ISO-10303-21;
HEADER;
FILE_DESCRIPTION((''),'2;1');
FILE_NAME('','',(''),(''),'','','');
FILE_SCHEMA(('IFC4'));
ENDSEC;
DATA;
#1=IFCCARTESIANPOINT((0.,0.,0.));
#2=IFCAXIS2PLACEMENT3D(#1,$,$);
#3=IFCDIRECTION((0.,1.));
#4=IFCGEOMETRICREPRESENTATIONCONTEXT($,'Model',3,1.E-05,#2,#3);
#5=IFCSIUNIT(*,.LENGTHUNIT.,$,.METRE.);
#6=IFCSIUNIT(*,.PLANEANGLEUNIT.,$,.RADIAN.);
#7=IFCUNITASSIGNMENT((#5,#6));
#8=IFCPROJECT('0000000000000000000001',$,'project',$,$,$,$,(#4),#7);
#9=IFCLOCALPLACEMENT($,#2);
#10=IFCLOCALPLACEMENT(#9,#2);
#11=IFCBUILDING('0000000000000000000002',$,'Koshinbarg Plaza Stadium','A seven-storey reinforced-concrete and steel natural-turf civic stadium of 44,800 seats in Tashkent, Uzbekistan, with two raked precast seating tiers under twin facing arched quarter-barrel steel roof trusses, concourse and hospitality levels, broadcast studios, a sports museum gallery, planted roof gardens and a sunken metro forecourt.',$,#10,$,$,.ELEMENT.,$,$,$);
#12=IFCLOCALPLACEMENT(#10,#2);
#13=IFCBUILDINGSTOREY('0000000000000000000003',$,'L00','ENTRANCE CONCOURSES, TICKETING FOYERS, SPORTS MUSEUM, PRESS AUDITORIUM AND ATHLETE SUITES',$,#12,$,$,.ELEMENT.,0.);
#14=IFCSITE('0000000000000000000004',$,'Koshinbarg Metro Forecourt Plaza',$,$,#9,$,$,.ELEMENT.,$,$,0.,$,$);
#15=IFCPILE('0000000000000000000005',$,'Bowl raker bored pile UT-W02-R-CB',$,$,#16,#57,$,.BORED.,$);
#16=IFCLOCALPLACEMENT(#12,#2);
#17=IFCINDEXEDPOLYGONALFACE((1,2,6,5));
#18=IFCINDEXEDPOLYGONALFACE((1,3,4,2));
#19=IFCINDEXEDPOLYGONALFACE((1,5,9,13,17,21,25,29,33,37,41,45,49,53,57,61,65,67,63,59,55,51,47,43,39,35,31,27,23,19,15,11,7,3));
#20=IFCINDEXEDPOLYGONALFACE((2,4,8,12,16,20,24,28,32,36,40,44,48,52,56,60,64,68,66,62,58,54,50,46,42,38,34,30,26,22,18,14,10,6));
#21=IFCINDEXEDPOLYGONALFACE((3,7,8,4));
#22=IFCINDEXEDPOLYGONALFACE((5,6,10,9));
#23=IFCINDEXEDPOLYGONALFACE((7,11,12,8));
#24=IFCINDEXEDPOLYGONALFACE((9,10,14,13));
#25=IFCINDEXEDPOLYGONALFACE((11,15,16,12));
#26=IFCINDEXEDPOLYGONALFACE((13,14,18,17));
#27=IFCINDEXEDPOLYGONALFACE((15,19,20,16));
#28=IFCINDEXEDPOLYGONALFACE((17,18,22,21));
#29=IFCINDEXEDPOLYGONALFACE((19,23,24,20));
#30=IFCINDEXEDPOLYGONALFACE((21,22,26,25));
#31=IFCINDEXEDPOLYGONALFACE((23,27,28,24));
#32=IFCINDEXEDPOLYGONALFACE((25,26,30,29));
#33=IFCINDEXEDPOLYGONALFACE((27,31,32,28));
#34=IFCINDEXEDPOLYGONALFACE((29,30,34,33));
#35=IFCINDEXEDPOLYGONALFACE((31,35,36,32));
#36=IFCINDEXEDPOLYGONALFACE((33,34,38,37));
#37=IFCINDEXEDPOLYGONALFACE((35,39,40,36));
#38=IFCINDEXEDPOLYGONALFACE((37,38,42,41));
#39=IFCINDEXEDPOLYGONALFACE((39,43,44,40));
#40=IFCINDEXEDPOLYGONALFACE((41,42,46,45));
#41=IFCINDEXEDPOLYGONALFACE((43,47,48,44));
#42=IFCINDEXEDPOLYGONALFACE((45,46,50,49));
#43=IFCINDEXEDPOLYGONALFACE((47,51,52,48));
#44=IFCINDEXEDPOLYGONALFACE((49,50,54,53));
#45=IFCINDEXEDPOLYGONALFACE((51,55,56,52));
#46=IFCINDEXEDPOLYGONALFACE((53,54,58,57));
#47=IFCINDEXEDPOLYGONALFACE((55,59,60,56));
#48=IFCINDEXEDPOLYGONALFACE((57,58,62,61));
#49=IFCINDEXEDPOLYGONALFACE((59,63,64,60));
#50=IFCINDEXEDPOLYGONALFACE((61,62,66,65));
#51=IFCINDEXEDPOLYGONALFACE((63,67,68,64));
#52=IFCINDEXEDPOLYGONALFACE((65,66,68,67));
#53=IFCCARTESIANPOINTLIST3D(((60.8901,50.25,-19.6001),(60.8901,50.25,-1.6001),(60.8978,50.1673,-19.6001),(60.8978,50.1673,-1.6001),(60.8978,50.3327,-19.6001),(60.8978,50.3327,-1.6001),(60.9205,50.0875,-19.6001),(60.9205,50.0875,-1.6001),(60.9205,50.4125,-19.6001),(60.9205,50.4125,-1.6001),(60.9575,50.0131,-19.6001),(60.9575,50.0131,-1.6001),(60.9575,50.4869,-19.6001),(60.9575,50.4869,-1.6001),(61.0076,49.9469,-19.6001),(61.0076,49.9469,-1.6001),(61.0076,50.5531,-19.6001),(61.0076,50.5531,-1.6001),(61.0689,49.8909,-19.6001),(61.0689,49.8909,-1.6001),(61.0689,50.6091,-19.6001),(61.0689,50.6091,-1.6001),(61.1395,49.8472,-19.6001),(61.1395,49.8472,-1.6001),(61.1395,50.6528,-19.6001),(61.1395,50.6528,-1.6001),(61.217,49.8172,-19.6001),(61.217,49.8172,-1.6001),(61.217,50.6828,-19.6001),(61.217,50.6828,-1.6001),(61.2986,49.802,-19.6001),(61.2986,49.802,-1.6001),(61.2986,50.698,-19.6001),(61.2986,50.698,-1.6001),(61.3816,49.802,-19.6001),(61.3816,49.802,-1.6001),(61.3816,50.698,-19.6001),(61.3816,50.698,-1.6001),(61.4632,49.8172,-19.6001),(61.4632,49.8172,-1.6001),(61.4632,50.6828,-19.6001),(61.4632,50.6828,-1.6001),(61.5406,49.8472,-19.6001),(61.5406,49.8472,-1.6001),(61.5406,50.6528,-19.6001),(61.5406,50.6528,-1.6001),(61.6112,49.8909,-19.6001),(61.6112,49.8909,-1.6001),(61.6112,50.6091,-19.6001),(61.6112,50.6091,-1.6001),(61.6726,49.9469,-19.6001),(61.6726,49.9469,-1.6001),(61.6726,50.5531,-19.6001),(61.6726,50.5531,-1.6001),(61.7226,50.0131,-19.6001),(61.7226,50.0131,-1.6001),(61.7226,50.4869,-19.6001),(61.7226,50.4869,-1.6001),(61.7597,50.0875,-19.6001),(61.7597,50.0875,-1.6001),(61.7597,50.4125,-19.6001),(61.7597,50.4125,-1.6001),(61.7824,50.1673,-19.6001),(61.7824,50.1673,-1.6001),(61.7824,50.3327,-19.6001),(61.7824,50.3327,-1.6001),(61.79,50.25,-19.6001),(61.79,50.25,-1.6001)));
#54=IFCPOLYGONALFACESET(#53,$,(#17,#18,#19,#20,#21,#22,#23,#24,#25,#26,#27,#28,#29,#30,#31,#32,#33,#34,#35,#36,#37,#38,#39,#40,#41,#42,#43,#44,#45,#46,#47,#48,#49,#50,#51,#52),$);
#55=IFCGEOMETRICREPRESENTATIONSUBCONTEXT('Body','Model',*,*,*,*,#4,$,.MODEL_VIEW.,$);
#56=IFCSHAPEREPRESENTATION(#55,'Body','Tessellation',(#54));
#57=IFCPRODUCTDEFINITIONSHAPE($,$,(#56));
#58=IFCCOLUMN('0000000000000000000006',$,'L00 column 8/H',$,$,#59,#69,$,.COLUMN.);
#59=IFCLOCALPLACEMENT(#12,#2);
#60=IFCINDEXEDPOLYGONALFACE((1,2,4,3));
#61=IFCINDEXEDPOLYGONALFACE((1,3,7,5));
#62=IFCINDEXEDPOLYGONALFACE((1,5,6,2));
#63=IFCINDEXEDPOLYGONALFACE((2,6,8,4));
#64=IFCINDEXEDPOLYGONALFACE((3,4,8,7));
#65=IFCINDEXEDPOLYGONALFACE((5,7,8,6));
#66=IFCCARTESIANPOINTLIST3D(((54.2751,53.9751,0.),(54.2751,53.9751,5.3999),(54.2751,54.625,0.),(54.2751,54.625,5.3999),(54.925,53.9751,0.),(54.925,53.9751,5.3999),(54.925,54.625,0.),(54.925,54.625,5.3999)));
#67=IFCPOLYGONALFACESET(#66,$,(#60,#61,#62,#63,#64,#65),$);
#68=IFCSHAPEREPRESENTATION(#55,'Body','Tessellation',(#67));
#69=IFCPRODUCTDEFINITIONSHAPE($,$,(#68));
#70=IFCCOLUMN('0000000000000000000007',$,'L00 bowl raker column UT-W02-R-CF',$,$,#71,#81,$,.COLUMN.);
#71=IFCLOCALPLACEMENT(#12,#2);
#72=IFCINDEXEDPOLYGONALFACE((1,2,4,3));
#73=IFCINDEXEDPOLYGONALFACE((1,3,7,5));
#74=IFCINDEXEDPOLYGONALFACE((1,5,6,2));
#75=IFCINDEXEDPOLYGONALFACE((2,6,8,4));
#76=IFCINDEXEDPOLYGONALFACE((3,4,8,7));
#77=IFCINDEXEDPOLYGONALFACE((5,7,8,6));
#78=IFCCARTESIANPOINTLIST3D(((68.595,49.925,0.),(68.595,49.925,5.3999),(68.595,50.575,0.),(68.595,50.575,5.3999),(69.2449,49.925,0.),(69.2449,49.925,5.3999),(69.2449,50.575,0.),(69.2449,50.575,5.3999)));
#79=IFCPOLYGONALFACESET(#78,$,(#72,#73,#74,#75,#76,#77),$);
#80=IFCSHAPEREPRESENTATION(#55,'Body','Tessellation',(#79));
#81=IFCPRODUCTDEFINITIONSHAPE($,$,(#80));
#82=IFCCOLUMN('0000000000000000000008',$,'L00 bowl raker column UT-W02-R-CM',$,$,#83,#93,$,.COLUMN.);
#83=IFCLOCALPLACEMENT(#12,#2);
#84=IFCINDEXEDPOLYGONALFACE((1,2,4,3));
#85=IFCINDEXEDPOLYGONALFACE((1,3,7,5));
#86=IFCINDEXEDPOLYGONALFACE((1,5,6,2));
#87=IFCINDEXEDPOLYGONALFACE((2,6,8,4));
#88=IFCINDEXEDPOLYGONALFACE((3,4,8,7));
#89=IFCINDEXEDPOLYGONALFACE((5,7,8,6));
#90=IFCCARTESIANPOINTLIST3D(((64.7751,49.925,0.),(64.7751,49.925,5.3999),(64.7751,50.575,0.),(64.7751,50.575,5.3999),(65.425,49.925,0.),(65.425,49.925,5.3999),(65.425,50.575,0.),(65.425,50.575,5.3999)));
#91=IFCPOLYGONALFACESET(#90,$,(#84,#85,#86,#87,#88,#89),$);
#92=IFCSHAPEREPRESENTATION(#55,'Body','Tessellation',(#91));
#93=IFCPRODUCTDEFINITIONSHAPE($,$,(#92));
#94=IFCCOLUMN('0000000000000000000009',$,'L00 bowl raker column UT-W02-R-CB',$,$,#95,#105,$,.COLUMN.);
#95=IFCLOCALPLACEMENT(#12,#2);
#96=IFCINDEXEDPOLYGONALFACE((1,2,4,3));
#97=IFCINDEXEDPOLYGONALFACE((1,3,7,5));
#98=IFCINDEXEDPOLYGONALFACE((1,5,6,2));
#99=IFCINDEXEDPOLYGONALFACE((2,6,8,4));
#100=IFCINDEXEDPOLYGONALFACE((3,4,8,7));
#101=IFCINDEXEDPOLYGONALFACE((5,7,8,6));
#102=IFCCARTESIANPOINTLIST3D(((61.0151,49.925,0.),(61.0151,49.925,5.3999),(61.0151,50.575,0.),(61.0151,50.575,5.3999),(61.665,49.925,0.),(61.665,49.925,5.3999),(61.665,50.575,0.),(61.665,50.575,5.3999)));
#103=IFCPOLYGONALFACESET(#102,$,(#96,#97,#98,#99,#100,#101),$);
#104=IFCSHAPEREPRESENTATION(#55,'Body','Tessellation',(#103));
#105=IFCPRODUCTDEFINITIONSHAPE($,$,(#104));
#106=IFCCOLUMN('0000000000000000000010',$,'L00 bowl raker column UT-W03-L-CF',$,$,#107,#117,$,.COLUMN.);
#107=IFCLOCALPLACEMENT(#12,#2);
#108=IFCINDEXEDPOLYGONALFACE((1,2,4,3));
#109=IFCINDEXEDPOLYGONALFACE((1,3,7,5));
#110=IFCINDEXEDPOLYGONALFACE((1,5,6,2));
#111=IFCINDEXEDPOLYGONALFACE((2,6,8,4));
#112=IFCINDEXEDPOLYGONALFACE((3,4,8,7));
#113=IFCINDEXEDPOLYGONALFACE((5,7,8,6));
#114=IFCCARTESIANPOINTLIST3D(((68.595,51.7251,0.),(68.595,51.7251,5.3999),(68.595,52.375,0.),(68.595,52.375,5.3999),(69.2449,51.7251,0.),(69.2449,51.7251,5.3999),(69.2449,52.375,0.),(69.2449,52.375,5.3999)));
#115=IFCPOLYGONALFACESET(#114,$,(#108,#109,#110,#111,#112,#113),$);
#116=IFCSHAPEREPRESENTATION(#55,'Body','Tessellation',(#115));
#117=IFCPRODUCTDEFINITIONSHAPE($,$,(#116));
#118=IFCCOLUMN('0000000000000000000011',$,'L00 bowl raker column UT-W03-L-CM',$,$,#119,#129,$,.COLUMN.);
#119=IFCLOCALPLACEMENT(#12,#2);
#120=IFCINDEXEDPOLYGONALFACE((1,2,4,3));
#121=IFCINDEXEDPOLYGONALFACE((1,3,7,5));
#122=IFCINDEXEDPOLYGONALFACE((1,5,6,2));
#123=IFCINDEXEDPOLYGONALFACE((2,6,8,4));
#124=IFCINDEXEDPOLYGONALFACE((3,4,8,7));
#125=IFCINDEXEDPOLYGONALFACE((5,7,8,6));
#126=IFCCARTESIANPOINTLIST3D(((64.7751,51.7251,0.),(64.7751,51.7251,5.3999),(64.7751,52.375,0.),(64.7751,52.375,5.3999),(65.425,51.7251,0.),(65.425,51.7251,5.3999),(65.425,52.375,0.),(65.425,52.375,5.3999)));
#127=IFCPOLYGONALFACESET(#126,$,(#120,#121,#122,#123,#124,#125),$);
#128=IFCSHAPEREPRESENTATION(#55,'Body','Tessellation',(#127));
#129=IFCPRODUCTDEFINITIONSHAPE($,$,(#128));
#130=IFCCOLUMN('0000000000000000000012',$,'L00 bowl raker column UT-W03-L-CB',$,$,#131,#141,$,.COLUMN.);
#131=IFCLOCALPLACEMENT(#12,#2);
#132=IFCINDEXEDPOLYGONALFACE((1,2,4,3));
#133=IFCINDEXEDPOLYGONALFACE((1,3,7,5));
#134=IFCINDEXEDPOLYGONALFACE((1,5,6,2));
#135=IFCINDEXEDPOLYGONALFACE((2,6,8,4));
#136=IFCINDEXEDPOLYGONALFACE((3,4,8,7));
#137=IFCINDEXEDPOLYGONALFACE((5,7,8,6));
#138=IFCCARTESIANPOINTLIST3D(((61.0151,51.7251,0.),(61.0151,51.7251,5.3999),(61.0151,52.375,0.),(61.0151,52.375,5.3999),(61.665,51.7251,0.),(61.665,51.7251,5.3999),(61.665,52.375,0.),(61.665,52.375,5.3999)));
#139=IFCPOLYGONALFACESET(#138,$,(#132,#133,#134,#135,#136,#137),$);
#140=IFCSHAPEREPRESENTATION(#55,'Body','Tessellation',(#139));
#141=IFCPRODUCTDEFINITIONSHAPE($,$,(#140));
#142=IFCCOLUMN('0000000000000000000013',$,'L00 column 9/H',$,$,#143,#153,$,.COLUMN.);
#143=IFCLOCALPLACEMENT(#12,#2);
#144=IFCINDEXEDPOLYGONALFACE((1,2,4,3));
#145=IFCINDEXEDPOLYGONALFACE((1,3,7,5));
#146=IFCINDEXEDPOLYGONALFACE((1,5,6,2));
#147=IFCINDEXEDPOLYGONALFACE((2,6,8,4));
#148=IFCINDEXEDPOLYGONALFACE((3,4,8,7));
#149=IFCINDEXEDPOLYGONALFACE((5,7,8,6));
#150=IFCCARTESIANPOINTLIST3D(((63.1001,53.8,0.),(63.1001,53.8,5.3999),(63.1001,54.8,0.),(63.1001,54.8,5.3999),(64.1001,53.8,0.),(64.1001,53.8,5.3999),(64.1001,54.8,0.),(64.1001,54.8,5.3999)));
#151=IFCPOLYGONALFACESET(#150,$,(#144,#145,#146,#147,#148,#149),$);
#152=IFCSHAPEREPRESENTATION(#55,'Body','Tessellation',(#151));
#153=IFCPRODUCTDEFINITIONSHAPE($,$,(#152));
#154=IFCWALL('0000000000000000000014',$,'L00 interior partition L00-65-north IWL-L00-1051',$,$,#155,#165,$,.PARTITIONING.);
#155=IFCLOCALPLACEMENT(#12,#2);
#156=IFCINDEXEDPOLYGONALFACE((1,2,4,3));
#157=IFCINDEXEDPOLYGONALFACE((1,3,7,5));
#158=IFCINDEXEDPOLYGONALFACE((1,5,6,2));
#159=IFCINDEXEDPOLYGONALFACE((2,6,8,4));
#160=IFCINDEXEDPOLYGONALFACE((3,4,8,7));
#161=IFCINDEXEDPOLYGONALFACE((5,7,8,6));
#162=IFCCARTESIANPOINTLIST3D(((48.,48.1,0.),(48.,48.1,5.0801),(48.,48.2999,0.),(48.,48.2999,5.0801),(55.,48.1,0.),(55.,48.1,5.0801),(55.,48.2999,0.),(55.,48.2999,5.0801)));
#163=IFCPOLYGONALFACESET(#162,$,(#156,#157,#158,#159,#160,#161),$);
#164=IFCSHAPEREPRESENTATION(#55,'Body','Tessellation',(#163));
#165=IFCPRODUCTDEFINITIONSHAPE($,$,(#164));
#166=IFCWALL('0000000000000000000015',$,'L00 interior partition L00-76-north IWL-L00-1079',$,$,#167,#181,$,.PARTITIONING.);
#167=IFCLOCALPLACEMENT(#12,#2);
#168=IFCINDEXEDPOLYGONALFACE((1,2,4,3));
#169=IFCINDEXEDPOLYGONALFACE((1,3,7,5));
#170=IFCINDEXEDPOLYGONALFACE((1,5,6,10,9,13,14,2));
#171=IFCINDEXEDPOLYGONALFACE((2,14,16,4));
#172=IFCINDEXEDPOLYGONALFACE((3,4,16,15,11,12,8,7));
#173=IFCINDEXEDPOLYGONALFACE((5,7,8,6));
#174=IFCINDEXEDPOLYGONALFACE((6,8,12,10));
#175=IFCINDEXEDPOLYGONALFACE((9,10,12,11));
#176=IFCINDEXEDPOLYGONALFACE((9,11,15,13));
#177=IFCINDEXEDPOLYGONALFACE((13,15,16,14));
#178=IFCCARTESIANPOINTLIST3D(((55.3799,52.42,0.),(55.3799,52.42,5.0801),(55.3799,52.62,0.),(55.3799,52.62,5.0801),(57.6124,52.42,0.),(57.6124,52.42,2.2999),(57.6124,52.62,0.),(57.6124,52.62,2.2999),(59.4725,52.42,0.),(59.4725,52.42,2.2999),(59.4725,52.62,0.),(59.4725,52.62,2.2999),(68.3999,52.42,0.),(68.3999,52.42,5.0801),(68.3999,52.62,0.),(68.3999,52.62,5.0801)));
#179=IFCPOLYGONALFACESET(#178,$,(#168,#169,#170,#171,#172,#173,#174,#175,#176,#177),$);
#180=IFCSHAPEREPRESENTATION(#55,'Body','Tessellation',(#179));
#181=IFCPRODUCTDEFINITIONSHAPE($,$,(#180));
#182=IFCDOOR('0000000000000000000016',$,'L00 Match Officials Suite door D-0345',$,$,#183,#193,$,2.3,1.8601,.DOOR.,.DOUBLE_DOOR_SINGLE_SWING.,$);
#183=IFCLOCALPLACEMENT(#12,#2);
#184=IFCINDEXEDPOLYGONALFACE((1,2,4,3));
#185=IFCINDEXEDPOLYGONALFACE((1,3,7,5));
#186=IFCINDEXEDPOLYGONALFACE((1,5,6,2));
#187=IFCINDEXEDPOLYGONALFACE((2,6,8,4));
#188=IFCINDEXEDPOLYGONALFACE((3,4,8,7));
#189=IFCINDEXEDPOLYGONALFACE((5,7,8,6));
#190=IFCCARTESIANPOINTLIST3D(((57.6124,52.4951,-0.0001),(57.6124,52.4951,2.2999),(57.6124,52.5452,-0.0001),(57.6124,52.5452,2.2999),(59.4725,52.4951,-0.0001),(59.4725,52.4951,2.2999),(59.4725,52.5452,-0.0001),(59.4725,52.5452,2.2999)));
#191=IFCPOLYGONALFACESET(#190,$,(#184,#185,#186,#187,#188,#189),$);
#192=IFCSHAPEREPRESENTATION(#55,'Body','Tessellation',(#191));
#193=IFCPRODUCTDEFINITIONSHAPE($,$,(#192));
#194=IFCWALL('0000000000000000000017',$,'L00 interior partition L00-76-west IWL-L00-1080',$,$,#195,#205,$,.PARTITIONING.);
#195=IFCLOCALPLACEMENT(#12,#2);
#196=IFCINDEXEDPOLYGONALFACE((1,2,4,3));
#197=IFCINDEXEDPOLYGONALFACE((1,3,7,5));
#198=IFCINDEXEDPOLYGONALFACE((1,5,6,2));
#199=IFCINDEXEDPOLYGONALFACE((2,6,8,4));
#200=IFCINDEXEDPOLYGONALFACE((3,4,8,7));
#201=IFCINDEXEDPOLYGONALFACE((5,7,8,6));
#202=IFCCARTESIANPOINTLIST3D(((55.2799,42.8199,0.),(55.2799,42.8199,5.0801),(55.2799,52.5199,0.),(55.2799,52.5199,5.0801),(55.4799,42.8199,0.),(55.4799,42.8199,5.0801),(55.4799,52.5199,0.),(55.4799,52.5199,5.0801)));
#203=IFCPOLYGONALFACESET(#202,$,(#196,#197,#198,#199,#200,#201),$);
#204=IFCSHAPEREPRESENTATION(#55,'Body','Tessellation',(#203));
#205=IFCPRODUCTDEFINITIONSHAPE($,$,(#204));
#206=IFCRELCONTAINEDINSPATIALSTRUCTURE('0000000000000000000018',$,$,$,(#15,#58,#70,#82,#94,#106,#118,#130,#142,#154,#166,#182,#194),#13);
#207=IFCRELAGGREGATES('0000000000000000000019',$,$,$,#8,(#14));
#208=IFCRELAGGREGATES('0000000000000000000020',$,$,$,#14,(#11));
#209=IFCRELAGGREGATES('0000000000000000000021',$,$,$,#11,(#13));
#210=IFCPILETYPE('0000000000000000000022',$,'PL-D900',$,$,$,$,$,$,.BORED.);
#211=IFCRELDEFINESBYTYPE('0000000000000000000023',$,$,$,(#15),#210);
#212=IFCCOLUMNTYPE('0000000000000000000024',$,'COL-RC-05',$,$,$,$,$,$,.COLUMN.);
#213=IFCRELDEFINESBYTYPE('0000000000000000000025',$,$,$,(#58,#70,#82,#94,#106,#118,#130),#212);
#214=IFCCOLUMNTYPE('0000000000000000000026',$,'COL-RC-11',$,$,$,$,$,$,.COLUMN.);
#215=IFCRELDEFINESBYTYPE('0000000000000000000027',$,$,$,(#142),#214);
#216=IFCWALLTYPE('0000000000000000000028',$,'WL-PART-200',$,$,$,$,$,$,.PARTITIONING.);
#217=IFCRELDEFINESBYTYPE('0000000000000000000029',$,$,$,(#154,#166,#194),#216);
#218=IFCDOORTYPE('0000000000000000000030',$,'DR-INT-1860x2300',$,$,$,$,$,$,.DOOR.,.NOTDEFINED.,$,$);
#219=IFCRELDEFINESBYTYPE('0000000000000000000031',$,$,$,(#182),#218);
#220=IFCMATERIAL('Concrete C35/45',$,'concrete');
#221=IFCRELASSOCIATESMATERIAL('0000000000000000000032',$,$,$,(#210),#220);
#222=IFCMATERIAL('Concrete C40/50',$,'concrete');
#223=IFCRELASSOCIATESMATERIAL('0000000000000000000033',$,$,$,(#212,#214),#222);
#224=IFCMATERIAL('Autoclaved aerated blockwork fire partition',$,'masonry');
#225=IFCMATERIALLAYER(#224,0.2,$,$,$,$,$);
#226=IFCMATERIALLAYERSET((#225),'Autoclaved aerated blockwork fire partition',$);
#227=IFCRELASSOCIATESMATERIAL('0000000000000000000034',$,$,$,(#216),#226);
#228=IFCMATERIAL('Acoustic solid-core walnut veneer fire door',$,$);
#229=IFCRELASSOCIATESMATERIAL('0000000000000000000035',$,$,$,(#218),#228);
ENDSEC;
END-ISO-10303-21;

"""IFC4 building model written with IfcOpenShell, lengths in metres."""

from ifc_helpers import new_model, si_unit, direction, frame, frame_2d, origin, origin_2d, place, context, subcontext, project, spatial, rectangle, circle, extrude, material, layer, layer_set, material_profile, profile_set, type_object, element, fill, save


model = new_model("IFC4")

# Units and contexts
model_context = context("Model", 3, precision=1e-05, world=origin(), true_north=direction((0.0, 1.0)))
body_context = subcontext(model_context, "Body", "Model", "MODEL_VIEW")
ifc_project = project(units=[si_unit("LENGTHUNIT", "METRE"), si_unit("PLANEANGLEUNIT", "RADIAN")], contexts=[model_context])

# Site, building, storey
site_placement = place(None, origin())
site = spatial("IfcSite", under=ifc_project, at=site_placement, Name="Koshinbarg Metro Forecourt Plaza", CompositionType="ELEMENT", RefElevation=0.0)
building_placement = place(site_placement, origin())
building = spatial("IfcBuilding", under=site, at=building_placement, Name="Koshinbarg Plaza Stadium", Description="A seven-storey reinforced-concrete and steel natural-turf civic stadium of 44,800 seats in Tashkent, Uzbekistan, with two raked precast seating tiers under twin facing arched quarter-barrel steel roof trusses, concourse and hospitality levels, broadcast studios, a sports museum gallery, planted roof gardens and a sunken metro forecourt.", CompositionType="ELEMENT")
storey_placement = place(building_placement, origin())
storey = spatial("IfcBuildingStorey", under=building, at=storey_placement, Name="L00", Description="ENTRANCE CONCOURSES, TICKETING FOYERS, SPORTS MUSEUM, PRESS AUDITORIUM AND ATHLETE SUITES", CompositionType="ELEMENT", Elevation=0.0)

# Shared definitions
ifc_material_1 = material(Name="Concrete C35/45", Category="concrete")

# Pile
ifc_material_profile_1 = material_profile(ifc_material_1, circle(Radius=0.45, at=origin_2d()), Name="PILE D900")
ifc_profile_set_1 = profile_set([ifc_material_profile_1], Name="Concrete C35/45")
pile_type_1 = type_object("IfcPileType", Name="PL-D900", PredefinedType="BORED", material=ifc_profile_set_1)
for number, where, z_axis, x_axis, name in (
    (1, (61.3401, 50.25, -1.6001), (0.0, 0.0, -1.0), (1.0, 0.0, 0.0), "Bowl raker bored pile UT-W02-R-CB"),
):
    element("IfcPile", number, at=place(storey_placement, frame(where, z_axis=z_axis, x_axis=x_axis)), inside=storey, type_object=pile_type_1, Name=name, PredefinedType="BORED", context=body_context, shape_type="SweptSolid", body=[
        extrude(circle(Radius=0.45, at=origin_2d()), origin(), (0.0, 0.0, 1.0), 18.0),
    ])

# Columns
ifc_material_2 = material(Name="Concrete C40/50", Category="concrete")
ifc_material_profile_2 = material_profile(ifc_material_2, rectangle(XDim=0.6499, YDim=0.6499, at=origin_2d()), Name="RC 650x650")
ifc_profile_set_2 = profile_set([ifc_material_profile_2], Name="Concrete C40/50")
column_type_1 = type_object("IfcColumnType", Name="COL-RC-05", PredefinedType="COLUMN", material=ifc_profile_set_2)
for number, where, z_axis, x_axis, name in (
    (2, (54.6001, 54.3, 0.0), (0.0, 0.0, 1.0), (1.0, 0.0, 0.0), "L00 column 8/H"),
    (3, (68.9199, 50.25, 0.0), (0.0, 0.0, 1.0), (1.0, 0.0, 0.0), "L00 bowl raker column UT-W02-R-CF"),
    (4, (65.1001, 50.25, 0.0), (0.0, 0.0, 1.0), (1.0, 0.0, 0.0), "L00 bowl raker column UT-W02-R-CM"),
    (5, (61.3401, 50.25, 0.0), (0.0, 0.0, 1.0), (1.0, 0.0, 0.0), "L00 bowl raker column UT-W02-R-CB"),
    (6, (68.9199, 52.05, 0.0), (0.0, 0.0, 1.0), (1.0, 0.0, 0.0), "L00 bowl raker column UT-W03-L-CF"),
    (7, (65.1001, 52.05, 0.0), (0.0, 0.0, 1.0), (1.0, 0.0, 0.0), "L00 bowl raker column UT-W03-L-CM"),
    (8, (61.3401, 52.05, 0.0), (0.0, 0.0, 1.0), (1.0, 0.0, 0.0), "L00 bowl raker column UT-W03-L-CB"),
):
    element("IfcColumn", number, at=place(storey_placement, frame(where, z_axis=z_axis, x_axis=x_axis)), inside=storey, type_object=column_type_1, Name=name, PredefinedType="COLUMN", context=body_context, shape_type="SweptSolid", body=[
        extrude(rectangle(XDim=0.6499, YDim=0.6499, at=origin_2d()), origin(), (0.0, 0.0, 1.0), 5.3999),
    ])
ifc_material_profile_3 = material_profile(ifc_material_2, rectangle(XDim=1.0, YDim=1.0, at=origin_2d()), Name="RC 1000x1000")
ifc_profile_set_3 = profile_set([ifc_material_profile_3], Name="Concrete C40/50")
column_type_2 = type_object("IfcColumnType", Name="COL-RC-11", PredefinedType="COLUMN", material=ifc_profile_set_3)
column_placement = place(storey_placement, frame((63.6001, 54.3, 0.0), z_axis=(0.0, 0.0, 1.0), x_axis=(1.0, 0.0, 0.0)))
element("IfcColumn", 9, at=column_placement, inside=storey, type_object=column_type_2, Name="L00 column 9/H", PredefinedType="COLUMN", context=body_context, shape_type="SweptSolid", body=[
    extrude(rectangle(XDim=1.0, YDim=1.0, at=origin_2d()), origin(), (0.0, 0.0, 1.0), 5.3999),
])

# Wall
ifc_material_3 = material(Name="Autoclaved aerated blockwork fire partition", Category="masonry")
ifc_layer = layer(ifc_material_3, 0.2)
ifc_layer_set = layer_set([ifc_layer], Name="Autoclaved aerated blockwork fire partition")
wall_type = type_object("IfcWallType", Name="WL-PART-200", PredefinedType="PARTITIONING", material=ifc_layer_set)
wall_1_placement = place(storey_placement, frame((55.0, 48.2, 0.0), z_axis=(0.0, 0.0, 1.0), x_axis=(-1.0, 0.0, 0.0)))
element("IfcWall", 10, at=wall_1_placement, inside=storey, type_object=wall_type, Name="L00 interior partition L00-65-north IWL-L00-1051", PredefinedType="PARTITIONING", context=body_context, shape_type="SweptSolid", body=[
    extrude(rectangle(XDim=7.0, YDim=0.2, at=frame_2d((3.5, 0.0))), origin(), (0.0, 0.0, 1.0), 5.0801),
])

# Wall, opening, door
wall_2_placement = place(storey_placement, frame((68.3999, 52.52, 0.0), z_axis=(0.0, 0.0, 1.0), x_axis=(-1.0, 0.0, 0.0)))
wall_2 = element("IfcWall", 11, at=wall_2_placement, inside=storey, type_object=wall_type, Name="L00 interior partition L00-76-north IWL-L00-1079", PredefinedType="PARTITIONING", context=body_context, shape_type="SweptSolid", body=[
    extrude(rectangle(XDim=13.02, YDim=0.2, at=frame_2d((6.51, 0.0))), origin(), (0.0, 0.0, 1.0), 5.0801),
])
opening_1_placement = place(wall_2_placement, frame((8.9272, 0.0, 0.0)))
opening_1 = element("IfcOpeningElement", 12, at=opening_1_placement, cuts=wall_2, PredefinedType="OPENING", context=body_context, shape_type="SweptSolid", body=[
    extrude(rectangle(XDim=1.8601, YDim=2.3, at=frame_2d((0.9302, 1.1499))), frame((0.0, 0.1099, 0.0), z_axis=(0.0, -1.0, 0.0), x_axis=(1.0, 0.0, 0.0)), (0.0, 0.0, 1.0), 0.22),
])
ifc_material_4 = material(Name="Acoustic solid-core walnut veneer fire door")
door_type_1 = type_object("IfcDoorType", Name="DR-INT-1860x2300", OperationType="NOTDEFINED", PredefinedType="DOOR", material=ifc_material_4)
door_1_placement = place(opening_1_placement, origin())
door_1 = element("IfcDoor", 13, at=door_1_placement, inside=storey, type_object=door_type_1, Name="L00 Match Officials Suite door D-0345", OperationType="DOUBLE_DOOR_SINGLE_SWING", OverallHeight=2.3, OverallWidth=1.8601, PredefinedType="DOOR", context=body_context, shape_type="SweptSolid", body=[
    extrude(rectangle(XDim=1.8601, YDim=2.3, at=frame_2d((0.9302, 1.1499))), frame((0.0, 0.0249, 0.0), z_axis=(0.0, -1.0, 0.0), x_axis=(1.0, 0.0, 0.0)), (0.0, 0.0, 1.0), 0.05),
])
fill(opening_1, door_1)

# Wall
wall_3_placement = place(storey_placement, frame((55.3799, 52.52, 0.0), z_axis=(0.0, 0.0, 1.0), x_axis=(0.0, -1.0, 0.0)))
element("IfcWall", 14, at=wall_3_placement, inside=storey, type_object=wall_type, Name="L00 interior partition L00-76-west IWL-L00-1080", PredefinedType="PARTITIONING", context=body_context, shape_type="SweptSolid", body=[
    extrude(rectangle(XDim=9.7, YDim=0.2, at=frame_2d((4.8501, 0.0))), origin(), (0.0, 0.0, 1.0), 5.0801),
])

save(model, "model.ifc")
